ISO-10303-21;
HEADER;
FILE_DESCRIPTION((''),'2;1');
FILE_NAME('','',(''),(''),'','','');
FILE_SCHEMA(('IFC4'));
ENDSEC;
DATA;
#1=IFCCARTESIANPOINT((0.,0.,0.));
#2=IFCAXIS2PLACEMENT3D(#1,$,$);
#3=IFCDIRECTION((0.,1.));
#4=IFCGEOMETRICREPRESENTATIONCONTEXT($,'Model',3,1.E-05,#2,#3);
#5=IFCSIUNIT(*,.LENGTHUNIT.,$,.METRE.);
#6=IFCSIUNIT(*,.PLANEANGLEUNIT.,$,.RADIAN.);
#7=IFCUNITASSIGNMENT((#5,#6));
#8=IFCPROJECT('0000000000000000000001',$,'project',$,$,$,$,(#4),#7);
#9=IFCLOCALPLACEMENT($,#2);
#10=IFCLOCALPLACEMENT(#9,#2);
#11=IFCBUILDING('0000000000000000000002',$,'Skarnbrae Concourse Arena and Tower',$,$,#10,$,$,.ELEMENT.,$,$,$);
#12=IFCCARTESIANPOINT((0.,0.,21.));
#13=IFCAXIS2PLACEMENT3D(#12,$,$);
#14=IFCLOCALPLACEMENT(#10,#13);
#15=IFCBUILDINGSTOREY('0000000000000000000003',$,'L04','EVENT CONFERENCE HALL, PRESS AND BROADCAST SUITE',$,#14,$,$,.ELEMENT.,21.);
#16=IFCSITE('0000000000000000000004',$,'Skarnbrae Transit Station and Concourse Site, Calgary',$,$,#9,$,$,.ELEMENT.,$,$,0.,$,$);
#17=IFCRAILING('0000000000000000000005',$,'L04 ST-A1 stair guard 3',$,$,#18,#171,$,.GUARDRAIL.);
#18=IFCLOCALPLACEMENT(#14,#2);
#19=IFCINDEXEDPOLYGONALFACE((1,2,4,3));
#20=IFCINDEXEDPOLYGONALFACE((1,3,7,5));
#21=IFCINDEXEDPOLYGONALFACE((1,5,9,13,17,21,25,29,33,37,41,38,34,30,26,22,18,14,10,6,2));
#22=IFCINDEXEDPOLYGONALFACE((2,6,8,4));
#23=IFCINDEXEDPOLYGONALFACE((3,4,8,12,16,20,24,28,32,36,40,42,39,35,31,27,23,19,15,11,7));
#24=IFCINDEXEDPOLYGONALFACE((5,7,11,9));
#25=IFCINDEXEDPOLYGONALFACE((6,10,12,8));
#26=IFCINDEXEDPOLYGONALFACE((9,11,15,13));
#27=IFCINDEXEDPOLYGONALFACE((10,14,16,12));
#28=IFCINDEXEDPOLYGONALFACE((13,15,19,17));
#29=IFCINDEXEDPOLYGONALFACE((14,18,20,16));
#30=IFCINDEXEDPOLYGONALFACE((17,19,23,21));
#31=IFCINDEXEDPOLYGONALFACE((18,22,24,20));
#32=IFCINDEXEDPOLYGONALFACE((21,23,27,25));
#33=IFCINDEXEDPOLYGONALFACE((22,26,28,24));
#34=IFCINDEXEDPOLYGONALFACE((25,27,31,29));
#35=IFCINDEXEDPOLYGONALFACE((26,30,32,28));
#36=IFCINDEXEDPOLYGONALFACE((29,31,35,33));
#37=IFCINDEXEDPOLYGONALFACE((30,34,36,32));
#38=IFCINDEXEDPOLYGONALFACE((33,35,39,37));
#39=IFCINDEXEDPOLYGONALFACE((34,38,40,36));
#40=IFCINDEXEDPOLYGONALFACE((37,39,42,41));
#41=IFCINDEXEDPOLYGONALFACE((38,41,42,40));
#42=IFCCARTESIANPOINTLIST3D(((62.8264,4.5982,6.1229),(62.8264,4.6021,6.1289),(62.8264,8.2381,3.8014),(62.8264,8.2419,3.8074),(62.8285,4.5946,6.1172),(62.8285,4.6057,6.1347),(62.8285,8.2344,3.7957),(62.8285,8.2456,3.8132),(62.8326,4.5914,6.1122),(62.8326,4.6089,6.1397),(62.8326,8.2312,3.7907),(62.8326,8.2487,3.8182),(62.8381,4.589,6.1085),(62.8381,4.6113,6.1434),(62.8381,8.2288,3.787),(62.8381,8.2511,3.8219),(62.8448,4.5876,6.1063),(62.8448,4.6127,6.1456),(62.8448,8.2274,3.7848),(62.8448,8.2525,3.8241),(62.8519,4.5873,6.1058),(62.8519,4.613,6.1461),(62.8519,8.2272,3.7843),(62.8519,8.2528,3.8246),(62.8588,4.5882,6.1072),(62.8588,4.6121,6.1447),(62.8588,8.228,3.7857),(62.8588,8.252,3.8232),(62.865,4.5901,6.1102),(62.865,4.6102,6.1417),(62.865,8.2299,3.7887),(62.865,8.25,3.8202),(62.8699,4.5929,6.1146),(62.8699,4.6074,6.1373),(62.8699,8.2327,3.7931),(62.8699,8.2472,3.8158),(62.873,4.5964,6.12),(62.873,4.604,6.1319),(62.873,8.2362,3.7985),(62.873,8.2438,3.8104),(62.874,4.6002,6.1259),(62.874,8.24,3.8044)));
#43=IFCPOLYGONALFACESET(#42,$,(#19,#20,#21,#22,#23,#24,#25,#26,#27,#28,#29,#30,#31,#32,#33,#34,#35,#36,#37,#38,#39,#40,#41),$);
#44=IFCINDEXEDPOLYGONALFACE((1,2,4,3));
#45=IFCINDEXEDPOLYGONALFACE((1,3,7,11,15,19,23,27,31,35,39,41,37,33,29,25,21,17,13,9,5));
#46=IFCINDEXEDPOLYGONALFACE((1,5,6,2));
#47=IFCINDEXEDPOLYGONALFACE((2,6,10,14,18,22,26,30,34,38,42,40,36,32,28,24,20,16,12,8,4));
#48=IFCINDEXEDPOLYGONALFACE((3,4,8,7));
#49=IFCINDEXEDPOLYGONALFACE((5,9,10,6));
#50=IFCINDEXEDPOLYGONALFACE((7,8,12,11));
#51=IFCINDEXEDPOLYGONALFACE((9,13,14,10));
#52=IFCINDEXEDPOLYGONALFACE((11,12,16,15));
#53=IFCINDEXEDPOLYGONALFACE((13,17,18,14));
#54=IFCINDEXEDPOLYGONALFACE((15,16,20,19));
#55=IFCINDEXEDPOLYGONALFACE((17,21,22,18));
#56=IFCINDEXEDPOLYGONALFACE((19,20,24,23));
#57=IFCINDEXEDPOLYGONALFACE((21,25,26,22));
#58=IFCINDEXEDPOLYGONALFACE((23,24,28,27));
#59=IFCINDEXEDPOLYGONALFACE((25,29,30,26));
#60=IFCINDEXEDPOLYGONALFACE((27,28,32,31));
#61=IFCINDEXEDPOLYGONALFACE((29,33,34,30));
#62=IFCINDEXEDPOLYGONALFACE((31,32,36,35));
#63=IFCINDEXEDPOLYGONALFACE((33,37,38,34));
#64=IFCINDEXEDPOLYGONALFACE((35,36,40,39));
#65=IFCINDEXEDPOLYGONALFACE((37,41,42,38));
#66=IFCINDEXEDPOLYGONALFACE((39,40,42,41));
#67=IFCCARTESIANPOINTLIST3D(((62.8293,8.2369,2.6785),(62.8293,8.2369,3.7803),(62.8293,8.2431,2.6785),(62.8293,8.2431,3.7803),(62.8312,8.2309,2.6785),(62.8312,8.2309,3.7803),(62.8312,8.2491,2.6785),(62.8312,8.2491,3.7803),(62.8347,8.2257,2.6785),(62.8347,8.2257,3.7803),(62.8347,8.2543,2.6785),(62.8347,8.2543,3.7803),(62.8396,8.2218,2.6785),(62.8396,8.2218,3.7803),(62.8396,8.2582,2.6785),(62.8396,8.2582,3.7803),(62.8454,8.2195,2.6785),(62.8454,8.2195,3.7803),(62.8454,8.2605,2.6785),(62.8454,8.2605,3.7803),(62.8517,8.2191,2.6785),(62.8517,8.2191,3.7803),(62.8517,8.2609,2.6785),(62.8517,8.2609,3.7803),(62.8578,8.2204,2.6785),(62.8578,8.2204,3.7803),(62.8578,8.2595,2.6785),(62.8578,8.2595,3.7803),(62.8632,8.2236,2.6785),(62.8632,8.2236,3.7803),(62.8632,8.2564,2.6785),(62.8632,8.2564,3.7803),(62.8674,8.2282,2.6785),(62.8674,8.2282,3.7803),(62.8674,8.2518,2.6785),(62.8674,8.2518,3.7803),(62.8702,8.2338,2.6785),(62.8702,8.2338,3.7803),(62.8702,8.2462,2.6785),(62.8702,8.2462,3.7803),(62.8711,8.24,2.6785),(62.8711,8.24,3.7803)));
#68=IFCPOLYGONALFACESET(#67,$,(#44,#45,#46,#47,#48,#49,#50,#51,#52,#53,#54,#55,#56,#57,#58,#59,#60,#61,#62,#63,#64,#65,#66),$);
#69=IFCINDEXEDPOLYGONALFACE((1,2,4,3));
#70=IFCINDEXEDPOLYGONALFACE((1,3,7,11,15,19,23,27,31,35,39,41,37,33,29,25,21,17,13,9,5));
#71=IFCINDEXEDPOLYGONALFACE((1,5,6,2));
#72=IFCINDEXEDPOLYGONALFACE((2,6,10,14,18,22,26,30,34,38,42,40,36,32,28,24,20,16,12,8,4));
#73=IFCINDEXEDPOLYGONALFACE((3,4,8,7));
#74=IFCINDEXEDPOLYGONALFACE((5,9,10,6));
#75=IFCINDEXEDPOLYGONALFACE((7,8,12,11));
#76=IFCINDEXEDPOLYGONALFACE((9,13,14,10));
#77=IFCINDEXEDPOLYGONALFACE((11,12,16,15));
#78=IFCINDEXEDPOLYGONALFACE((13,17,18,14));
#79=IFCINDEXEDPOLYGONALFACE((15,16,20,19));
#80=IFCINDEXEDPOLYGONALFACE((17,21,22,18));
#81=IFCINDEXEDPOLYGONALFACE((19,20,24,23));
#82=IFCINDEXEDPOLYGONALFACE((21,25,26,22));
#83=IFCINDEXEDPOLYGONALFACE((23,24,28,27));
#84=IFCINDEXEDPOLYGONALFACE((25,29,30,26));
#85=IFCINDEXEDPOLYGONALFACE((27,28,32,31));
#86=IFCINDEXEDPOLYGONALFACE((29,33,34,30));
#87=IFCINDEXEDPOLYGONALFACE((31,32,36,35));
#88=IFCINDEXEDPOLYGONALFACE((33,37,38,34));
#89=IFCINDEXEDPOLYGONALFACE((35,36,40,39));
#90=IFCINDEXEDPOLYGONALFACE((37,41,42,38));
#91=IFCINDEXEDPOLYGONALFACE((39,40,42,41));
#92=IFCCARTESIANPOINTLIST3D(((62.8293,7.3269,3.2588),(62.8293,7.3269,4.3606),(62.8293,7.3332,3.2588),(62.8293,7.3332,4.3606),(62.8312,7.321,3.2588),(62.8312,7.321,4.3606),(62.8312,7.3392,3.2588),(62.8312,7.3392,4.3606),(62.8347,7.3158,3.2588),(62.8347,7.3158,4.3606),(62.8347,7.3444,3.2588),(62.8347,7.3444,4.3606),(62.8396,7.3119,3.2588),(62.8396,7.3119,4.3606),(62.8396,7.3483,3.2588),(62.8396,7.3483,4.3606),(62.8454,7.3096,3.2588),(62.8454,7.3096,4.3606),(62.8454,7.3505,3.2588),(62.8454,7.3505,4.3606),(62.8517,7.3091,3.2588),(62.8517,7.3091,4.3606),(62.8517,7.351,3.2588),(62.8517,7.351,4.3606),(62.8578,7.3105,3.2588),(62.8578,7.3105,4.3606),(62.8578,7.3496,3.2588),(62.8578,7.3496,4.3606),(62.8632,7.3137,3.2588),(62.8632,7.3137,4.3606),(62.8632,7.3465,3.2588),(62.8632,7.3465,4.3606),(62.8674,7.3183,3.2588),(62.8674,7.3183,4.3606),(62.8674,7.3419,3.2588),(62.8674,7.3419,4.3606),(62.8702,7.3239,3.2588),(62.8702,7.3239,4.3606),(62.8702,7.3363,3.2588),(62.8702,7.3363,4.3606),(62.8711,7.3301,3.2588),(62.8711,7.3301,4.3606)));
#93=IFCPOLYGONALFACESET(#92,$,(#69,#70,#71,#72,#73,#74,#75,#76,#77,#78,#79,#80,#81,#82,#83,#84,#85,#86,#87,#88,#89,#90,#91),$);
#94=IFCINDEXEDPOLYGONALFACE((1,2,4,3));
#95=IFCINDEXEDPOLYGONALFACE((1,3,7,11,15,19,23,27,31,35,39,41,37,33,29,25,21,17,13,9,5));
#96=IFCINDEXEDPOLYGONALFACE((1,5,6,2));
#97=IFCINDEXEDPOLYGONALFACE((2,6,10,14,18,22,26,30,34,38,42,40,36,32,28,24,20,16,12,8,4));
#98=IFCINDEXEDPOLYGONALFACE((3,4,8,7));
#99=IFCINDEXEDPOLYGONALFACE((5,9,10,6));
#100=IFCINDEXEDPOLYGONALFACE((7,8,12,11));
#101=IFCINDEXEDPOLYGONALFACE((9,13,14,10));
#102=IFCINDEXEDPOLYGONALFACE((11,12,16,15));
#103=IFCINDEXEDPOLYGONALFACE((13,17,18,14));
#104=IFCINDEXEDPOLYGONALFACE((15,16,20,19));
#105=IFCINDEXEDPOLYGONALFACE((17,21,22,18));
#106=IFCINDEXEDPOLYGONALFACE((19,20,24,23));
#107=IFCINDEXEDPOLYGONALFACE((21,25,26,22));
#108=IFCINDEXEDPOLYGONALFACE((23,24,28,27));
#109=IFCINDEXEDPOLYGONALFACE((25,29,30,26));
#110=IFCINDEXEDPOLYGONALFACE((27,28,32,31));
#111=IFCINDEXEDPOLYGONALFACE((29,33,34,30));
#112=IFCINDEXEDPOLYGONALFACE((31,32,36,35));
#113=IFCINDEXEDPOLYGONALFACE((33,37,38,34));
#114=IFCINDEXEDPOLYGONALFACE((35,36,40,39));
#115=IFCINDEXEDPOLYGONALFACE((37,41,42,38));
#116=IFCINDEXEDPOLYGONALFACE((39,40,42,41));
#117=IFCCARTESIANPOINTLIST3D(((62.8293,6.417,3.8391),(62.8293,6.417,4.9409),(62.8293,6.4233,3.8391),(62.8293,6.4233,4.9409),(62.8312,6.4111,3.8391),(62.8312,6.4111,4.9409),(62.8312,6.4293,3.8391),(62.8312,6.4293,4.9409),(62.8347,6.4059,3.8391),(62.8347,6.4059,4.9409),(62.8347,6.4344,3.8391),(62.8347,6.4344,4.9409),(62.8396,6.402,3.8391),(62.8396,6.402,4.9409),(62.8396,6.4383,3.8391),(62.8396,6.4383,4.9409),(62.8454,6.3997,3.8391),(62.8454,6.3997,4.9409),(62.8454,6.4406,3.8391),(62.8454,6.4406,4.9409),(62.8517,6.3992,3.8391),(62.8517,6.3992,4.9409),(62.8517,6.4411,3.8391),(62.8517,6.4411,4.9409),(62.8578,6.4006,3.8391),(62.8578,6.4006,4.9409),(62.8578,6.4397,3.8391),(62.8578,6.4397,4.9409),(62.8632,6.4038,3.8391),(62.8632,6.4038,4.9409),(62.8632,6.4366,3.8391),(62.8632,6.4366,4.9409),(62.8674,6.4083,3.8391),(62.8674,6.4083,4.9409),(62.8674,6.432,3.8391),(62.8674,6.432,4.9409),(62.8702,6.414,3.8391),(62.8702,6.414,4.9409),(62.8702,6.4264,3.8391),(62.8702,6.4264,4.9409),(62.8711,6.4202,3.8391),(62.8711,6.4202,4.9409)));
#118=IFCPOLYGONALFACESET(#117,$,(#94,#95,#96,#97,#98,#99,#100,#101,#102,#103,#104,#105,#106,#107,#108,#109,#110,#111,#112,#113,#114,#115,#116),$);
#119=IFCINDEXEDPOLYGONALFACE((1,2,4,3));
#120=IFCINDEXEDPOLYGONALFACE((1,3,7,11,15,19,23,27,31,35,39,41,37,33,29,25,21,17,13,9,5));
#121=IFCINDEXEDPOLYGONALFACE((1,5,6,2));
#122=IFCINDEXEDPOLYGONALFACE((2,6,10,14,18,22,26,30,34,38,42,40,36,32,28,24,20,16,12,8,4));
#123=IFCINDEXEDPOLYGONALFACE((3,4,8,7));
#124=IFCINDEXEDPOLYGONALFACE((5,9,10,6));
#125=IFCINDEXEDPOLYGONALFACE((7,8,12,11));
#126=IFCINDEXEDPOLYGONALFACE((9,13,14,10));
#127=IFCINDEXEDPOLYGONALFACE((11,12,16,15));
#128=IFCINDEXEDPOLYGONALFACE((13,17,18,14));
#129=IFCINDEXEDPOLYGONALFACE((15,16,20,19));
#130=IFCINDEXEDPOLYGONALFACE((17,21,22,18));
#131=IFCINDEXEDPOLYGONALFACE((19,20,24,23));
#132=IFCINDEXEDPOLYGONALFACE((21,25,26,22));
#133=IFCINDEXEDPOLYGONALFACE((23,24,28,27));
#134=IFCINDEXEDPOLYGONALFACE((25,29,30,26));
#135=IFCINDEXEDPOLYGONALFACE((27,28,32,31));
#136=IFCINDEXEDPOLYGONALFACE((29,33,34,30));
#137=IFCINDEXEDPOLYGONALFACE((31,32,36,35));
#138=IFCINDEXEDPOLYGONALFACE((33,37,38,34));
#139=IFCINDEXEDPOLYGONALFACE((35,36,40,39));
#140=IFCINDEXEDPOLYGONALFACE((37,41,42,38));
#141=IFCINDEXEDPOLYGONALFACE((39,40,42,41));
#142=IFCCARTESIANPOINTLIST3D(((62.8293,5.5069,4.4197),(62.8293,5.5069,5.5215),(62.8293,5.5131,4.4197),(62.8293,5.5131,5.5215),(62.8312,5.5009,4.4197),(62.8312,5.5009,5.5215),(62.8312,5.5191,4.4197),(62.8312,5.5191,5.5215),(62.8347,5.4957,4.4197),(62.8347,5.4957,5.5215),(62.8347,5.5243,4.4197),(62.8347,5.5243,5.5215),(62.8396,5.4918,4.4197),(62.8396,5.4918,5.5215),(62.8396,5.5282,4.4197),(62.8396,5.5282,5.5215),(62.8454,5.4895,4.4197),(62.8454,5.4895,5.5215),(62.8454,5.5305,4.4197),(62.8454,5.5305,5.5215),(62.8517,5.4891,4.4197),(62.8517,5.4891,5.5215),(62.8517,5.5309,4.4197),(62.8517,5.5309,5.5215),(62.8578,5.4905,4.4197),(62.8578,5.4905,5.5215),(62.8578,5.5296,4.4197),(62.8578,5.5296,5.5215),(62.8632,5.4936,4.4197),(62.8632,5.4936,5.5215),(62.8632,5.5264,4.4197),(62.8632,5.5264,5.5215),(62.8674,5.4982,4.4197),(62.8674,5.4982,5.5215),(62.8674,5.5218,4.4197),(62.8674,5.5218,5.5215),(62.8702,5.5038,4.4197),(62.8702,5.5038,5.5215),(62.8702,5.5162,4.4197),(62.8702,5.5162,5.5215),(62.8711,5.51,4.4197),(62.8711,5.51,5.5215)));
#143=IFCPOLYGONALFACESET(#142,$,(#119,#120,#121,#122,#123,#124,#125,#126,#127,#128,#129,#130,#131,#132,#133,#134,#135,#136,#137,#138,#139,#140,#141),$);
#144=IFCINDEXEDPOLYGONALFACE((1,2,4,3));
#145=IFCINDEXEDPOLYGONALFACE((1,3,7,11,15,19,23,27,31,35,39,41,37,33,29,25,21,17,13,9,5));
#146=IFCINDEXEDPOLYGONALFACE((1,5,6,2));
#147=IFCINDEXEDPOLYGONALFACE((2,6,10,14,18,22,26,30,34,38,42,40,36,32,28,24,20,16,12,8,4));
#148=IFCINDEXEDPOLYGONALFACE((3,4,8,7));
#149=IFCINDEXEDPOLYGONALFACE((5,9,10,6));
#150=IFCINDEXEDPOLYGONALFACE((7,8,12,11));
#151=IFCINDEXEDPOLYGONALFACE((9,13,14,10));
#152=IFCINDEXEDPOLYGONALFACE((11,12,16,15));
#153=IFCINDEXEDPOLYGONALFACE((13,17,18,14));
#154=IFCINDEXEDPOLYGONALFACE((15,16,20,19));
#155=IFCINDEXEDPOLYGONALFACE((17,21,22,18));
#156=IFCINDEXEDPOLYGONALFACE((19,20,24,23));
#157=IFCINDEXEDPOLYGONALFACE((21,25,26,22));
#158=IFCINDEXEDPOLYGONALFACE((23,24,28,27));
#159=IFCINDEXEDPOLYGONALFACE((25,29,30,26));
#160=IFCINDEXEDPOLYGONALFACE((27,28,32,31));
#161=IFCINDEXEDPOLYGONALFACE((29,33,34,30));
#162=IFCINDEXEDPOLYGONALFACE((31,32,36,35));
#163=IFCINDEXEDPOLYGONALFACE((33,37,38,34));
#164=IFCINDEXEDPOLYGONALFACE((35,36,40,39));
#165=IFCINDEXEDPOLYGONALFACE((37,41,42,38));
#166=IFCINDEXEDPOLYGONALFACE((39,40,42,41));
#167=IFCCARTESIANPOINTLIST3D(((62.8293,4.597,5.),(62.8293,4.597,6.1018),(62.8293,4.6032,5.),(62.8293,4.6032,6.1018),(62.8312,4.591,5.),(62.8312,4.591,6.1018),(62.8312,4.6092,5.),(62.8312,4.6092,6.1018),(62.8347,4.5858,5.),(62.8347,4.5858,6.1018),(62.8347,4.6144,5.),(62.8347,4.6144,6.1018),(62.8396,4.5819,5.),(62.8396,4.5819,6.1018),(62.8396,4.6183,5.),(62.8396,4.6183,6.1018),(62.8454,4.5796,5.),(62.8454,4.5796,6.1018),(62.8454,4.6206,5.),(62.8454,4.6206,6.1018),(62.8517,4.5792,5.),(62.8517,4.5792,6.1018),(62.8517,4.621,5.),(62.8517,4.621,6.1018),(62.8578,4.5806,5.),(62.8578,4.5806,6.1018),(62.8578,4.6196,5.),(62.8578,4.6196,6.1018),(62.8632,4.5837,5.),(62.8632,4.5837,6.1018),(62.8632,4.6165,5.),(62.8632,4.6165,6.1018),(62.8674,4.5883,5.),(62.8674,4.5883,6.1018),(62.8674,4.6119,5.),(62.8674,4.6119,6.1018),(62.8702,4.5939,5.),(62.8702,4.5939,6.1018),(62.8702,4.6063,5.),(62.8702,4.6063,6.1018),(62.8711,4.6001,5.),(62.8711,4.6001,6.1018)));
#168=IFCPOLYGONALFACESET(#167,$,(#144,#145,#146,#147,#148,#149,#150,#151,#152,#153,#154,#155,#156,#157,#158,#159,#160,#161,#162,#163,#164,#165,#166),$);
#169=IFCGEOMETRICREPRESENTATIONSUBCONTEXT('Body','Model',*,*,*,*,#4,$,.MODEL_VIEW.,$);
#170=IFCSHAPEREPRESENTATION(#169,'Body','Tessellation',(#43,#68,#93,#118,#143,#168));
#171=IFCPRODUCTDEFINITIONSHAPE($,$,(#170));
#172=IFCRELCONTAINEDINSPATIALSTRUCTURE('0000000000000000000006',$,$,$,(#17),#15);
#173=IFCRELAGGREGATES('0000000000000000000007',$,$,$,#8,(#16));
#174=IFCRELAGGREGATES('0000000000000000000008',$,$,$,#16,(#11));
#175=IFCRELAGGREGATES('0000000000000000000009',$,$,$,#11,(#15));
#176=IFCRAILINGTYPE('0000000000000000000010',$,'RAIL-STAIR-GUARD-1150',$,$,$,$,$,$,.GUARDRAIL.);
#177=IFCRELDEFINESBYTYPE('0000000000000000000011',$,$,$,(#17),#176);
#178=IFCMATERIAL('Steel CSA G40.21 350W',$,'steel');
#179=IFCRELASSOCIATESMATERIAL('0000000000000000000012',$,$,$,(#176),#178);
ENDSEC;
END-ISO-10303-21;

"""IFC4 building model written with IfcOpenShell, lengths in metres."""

from ifc_helpers import new_model, si_unit, direction, frame, origin, origin_2d, place, context, subcontext, project, spatial, circle, extrude, material, type_object, element, save


model = new_model("IFC4")

# Units and contexts
model_context = context("Model", 3, precision=1e-05, world=origin(), true_north=direction((0.0, 1.0)))
body_context = subcontext(model_context, "Body", "Model", "MODEL_VIEW")
ifc_project = project(units=[si_unit("LENGTHUNIT", "METRE"), si_unit("PLANEANGLEUNIT", "RADIAN")], contexts=[model_context])

# Site, building, storey
site_placement = place(None, origin())
site = spatial("IfcSite", under=ifc_project, at=site_placement, Name="Skarnbrae Transit Station and Concourse Site, Calgary", CompositionType="ELEMENT", RefElevation=0.0)
building_placement = place(site_placement, origin())
building = spatial("IfcBuilding", under=site, at=building_placement, Name="Skarnbrae Concourse Arena and Tower", CompositionType="ELEMENT")
storey_placement = place(building_placement, frame((0.0, 0.0, 21.0)))
storey = spatial("IfcBuildingStorey", under=building, at=storey_placement, Name="L04", Description="EVENT CONFERENCE HALL, PRESS AND BROADCAST SUITE", CompositionType="ELEMENT", Elevation=21.0)

# Shared definitions
ifc_material_1 = material(Name="Steel CSA G40.21 350W", Category="steel")

# Railing
railing_type_1 = type_object("IfcRailingType", Name="RAIL-STAIR-GUARD-1150", PredefinedType="GUARDRAIL", material=ifc_material_1)
railing_1_placement = place(storey_placement, frame((62.8501, 8.24, 2.6785)))
element("IfcRailing", 1, at=railing_1_placement, inside=storey, type_object=railing_type_1, Name="L04 ST-A1 stair guard 3", PredefinedType="GUARDRAIL", context=body_context, shape_type="SweptSolid", body=[
    extrude(circle(Radius=0.0239, at=origin_2d()), frame((0.0, 0.0, 1.126), z_axis=(0.0, -0.843112, 0.537739), x_axis=(1.0, 0.0, 0.0)), (0.0, 0.0, 1.0), 4.3171),
    extrude(circle(Radius=0.021, at=origin_2d()), origin(), (0.0, 0.0, 1.0), 1.1018),
    extrude(circle(Radius=0.021, at=origin_2d()), frame((0.0, -0.9099, 0.5803)), (0.0, 0.0, 1.0), 1.1018),
    extrude(circle(Radius=0.021, at=origin_2d()), frame((0.0, -1.8198, 1.1606)), (0.0, 0.0, 1.0), 1.1018),
    extrude(circle(Radius=0.021, at=origin_2d()), frame((0.0, -2.73, 1.7412)), (0.0, 0.0, 1.0), 1.1018),
    extrude(circle(Radius=0.021, at=origin_2d()), frame((0.0, -3.6399, 2.3215)), (0.0, 0.0, 1.0), 1.1018),
])

save(model, "model.ifc")
